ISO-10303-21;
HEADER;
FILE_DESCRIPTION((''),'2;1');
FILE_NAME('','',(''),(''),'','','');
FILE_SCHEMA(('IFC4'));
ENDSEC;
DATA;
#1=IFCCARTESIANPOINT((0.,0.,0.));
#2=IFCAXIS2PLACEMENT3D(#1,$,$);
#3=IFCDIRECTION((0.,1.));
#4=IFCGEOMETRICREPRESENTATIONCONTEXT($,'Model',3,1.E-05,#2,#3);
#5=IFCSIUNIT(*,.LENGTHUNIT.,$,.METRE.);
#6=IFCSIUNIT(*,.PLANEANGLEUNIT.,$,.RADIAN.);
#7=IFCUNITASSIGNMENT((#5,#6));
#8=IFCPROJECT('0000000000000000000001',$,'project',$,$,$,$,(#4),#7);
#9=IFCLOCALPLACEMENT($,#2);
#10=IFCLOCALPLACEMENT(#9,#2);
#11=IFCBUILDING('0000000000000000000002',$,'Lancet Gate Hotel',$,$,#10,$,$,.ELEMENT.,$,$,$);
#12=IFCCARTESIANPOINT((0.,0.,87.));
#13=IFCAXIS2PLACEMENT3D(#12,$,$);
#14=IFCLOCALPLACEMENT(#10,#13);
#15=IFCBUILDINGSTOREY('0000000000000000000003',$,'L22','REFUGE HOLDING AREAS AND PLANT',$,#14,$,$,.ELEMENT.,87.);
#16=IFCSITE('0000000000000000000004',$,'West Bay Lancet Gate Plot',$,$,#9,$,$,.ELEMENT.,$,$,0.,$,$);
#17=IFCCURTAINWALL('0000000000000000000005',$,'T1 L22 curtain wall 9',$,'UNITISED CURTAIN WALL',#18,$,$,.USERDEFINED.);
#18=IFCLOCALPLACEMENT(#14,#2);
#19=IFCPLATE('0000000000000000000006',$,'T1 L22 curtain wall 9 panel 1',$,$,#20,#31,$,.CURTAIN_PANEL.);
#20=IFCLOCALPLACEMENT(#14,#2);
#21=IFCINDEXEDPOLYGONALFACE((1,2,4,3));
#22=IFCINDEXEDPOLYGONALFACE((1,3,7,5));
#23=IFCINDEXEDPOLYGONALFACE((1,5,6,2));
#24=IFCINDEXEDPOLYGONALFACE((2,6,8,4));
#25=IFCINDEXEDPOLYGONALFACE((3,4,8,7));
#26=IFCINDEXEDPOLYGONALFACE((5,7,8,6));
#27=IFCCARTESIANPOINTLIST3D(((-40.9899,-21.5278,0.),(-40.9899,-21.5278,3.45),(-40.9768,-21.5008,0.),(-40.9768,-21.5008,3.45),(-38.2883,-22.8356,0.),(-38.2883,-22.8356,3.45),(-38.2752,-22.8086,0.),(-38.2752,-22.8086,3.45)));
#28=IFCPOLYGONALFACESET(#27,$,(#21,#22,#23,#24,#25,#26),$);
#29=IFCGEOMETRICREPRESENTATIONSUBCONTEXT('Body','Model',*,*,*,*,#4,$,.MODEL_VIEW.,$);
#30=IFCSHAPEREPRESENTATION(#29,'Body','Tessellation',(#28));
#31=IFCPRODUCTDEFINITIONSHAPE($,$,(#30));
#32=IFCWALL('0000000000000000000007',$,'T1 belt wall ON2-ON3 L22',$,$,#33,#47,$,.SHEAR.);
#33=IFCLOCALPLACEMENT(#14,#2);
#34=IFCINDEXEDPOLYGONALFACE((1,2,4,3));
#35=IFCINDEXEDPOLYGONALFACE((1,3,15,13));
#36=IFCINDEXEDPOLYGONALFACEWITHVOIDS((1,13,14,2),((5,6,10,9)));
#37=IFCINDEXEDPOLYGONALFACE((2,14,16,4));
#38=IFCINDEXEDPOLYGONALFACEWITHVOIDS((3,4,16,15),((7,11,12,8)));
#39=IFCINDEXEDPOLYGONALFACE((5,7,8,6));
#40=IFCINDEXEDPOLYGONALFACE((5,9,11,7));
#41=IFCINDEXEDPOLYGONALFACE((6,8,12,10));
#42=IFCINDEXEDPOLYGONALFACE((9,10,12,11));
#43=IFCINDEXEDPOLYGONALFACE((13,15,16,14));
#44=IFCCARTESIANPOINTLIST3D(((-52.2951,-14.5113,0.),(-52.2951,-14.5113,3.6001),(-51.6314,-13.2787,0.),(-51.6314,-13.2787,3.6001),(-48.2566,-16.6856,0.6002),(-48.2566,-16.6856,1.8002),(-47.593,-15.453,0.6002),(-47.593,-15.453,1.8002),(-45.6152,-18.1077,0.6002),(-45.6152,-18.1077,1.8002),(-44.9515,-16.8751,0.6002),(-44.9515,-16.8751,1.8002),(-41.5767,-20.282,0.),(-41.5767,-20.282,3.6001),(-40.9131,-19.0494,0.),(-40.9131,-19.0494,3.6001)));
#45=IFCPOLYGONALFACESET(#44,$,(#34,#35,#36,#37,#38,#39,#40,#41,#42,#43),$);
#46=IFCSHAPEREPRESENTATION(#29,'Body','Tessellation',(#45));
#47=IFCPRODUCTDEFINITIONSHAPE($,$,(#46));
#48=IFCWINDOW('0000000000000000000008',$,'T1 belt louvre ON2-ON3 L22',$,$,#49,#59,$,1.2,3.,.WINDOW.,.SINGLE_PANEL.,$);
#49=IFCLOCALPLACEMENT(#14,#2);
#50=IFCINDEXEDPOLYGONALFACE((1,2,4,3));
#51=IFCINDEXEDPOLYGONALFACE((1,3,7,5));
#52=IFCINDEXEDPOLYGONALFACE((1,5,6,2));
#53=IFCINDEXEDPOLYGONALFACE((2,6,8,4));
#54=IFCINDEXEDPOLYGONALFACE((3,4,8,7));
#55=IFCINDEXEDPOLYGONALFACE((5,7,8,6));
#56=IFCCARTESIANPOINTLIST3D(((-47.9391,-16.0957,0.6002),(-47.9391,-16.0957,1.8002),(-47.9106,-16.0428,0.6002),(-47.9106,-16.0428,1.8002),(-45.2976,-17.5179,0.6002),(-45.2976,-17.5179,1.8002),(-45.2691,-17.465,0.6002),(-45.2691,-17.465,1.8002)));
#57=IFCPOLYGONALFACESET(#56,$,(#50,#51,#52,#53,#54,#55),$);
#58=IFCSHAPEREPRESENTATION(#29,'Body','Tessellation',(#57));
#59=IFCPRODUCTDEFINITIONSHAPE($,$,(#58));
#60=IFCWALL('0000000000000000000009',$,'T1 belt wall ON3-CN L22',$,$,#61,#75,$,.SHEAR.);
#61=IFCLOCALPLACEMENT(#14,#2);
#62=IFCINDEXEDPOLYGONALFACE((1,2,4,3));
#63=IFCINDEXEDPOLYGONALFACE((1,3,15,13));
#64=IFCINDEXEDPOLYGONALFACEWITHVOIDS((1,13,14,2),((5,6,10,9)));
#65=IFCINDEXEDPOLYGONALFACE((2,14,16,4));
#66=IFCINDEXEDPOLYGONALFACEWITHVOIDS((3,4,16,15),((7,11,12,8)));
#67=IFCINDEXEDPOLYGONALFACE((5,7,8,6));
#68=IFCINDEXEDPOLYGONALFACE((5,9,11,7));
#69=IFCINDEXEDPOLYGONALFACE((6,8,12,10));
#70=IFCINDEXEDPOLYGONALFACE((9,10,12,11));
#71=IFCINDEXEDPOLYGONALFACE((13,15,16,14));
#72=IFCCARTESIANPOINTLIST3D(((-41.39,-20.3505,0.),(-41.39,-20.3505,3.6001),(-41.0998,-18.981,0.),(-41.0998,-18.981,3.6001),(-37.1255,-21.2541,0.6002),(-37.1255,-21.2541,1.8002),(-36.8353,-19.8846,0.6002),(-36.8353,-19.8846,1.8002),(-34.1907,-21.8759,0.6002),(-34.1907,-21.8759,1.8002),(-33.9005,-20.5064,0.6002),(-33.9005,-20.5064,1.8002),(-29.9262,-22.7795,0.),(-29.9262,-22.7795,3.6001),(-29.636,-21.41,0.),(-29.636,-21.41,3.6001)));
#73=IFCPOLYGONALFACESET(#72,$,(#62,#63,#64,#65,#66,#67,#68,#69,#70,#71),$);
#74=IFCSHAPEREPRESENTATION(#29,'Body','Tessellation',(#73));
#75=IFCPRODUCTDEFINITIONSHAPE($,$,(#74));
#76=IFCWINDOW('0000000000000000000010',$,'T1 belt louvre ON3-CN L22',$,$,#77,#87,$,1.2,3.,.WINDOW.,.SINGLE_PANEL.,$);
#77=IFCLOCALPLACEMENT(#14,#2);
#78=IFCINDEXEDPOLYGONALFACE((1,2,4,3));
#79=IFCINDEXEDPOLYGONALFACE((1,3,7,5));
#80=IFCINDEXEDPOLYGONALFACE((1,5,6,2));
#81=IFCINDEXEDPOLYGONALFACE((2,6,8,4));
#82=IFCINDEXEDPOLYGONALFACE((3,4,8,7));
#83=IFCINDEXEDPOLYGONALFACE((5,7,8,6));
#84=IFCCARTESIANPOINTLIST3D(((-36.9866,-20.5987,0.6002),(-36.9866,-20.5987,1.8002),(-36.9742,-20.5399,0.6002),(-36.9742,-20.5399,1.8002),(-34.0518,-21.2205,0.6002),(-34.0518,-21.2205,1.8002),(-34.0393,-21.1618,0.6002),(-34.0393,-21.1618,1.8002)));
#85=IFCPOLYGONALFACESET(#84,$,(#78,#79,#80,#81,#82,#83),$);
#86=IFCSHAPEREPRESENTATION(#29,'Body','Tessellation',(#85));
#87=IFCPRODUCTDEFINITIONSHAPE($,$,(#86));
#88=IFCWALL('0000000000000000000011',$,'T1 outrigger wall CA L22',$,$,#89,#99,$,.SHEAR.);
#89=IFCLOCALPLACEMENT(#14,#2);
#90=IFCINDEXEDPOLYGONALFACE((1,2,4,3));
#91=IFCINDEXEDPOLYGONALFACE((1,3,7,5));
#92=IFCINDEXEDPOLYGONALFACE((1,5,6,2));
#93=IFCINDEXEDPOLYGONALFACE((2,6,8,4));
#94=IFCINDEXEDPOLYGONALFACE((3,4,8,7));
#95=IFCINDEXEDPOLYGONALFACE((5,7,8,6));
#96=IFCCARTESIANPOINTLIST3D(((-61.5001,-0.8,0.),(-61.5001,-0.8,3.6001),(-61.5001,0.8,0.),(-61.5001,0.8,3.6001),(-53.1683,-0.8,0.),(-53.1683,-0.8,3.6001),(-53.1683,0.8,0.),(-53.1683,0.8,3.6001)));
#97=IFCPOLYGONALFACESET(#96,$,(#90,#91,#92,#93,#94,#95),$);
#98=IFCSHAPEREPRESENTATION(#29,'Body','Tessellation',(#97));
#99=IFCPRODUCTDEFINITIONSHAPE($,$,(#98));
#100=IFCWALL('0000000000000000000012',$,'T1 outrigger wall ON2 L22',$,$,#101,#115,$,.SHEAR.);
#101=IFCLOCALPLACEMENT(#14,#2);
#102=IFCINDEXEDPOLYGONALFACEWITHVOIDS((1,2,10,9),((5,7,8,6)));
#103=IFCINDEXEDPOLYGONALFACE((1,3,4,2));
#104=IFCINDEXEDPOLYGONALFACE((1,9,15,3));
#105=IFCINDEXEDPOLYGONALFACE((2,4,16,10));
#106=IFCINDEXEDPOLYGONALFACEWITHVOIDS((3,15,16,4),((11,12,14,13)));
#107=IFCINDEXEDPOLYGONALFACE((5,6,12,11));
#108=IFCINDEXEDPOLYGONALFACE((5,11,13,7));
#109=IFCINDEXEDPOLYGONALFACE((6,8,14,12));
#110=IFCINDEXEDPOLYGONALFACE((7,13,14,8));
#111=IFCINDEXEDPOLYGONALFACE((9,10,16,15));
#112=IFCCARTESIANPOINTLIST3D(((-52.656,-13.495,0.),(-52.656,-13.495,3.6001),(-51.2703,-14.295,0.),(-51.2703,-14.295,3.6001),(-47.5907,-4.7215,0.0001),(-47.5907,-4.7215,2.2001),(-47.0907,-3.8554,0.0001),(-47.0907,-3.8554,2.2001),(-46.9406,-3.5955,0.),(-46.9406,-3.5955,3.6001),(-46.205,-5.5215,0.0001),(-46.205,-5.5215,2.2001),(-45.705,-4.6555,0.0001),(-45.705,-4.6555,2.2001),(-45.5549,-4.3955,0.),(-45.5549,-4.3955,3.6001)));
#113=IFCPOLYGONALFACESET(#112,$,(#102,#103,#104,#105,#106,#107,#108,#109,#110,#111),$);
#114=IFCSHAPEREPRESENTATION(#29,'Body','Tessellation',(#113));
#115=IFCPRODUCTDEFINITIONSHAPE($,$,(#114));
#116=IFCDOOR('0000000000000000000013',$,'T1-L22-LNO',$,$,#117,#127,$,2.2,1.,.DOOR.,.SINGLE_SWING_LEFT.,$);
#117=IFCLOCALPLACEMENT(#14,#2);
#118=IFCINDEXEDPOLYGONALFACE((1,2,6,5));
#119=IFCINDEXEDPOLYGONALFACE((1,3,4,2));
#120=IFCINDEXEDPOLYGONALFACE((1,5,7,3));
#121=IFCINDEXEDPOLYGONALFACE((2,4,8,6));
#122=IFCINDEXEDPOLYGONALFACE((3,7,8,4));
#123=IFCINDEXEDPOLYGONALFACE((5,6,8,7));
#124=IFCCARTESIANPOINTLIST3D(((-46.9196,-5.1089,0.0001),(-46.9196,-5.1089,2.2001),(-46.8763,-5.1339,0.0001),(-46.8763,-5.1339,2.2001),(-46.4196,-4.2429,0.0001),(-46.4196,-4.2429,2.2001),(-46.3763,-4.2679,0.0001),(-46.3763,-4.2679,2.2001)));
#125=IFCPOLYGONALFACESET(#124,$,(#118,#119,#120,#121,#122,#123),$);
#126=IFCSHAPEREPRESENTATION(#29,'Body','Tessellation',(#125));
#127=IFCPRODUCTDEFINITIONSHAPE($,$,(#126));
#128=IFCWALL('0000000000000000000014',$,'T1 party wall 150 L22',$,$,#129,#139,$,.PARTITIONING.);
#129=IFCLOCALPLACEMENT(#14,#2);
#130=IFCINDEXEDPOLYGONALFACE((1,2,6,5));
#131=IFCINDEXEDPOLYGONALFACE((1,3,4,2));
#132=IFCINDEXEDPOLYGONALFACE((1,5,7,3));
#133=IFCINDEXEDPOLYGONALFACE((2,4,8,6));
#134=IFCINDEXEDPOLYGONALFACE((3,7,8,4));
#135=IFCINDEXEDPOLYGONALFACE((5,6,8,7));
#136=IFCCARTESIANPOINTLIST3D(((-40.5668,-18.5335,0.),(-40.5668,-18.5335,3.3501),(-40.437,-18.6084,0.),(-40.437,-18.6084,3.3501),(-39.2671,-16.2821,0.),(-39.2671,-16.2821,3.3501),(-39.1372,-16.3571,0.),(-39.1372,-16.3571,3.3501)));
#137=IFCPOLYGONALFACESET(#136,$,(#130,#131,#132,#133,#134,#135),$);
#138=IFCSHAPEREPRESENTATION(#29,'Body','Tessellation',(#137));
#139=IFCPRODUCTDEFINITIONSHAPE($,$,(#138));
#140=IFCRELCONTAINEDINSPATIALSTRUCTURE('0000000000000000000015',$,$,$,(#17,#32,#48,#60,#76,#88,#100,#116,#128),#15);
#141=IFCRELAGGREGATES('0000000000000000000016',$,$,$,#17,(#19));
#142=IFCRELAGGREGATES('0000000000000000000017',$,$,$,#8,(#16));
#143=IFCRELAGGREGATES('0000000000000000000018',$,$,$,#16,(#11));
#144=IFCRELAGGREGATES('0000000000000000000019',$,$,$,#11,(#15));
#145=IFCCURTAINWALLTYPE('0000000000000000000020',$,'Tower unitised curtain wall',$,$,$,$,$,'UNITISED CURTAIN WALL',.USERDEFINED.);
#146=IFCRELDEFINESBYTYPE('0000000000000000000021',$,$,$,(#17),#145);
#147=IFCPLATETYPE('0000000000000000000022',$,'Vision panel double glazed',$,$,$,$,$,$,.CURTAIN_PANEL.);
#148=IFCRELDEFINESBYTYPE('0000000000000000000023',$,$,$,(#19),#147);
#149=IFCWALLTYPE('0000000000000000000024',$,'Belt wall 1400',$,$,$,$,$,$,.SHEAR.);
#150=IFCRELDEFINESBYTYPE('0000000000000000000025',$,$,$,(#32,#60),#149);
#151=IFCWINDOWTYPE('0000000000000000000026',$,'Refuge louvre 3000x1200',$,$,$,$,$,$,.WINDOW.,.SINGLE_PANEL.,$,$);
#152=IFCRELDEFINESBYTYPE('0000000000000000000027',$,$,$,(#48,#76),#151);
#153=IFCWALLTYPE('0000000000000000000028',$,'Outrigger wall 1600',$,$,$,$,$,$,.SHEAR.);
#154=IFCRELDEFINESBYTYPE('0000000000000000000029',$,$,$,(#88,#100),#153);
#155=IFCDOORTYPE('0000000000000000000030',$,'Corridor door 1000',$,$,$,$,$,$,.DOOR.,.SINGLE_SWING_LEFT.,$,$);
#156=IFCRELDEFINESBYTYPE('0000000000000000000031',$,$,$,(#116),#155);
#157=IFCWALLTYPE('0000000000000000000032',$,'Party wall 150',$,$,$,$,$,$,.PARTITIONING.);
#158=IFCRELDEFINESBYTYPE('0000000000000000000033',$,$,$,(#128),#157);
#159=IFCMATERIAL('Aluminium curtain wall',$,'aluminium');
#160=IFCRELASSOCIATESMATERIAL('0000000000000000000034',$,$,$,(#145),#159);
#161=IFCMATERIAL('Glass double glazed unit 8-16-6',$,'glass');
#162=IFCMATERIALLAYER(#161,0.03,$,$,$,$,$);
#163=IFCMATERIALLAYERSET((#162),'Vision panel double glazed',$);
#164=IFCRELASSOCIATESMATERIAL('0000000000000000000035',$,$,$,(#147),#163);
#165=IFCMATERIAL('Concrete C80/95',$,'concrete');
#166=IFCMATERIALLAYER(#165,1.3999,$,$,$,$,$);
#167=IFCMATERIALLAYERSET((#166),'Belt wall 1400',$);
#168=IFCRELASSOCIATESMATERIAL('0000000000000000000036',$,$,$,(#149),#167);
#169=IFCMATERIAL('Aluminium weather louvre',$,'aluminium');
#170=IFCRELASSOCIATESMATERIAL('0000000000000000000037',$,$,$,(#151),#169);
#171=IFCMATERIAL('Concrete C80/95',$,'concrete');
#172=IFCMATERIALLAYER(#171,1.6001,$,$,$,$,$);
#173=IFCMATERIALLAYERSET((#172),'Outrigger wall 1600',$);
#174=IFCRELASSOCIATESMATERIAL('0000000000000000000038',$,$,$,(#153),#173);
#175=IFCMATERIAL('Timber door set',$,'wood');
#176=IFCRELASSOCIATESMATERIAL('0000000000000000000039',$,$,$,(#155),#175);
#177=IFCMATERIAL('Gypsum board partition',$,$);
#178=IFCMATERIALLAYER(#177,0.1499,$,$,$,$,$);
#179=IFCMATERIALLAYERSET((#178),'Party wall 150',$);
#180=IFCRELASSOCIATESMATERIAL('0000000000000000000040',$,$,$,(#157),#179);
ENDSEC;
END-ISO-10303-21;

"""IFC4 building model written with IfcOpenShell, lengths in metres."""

from ifc_helpers import new_model, si_unit, direction, frame, frame_2d, origin, origin_2d, place, context, subcontext, project, spatial, rectangle, extrude, material, layer, layer_set, type_object, element, fill, aggregate, save


model = new_model("IFC4")

# Units and contexts
model_context = context("Model", 3, precision=1e-05, world=origin(), true_north=direction((0.0, 1.0)))
body_context = subcontext(model_context, "Body", "Model", "MODEL_VIEW")
ifc_project = project(units=[si_unit("LENGTHUNIT", "METRE"), si_unit("PLANEANGLEUNIT", "RADIAN")], contexts=[model_context])

# Site, building, storey
site_placement = place(None, origin())
site = spatial("IfcSite", under=ifc_project, at=site_placement, Name="West Bay Lancet Gate Plot", CompositionType="ELEMENT", RefElevation=0.0)
building_placement = place(site_placement, origin())
building = spatial("IfcBuilding", under=site, at=building_placement, Name="Lancet Gate Hotel", CompositionType="ELEMENT")
storey_placement = place(building_placement, frame((0.0, 0.0, 87.0)))
storey = spatial("IfcBuildingStorey", under=building, at=storey_placement, Name="L22", Description="REFUGE HOLDING AREAS AND PLANT", CompositionType="ELEMENT", Elevation=87.0)

# Shared definitions
ifc_material_1 = material(Name="Aluminium curtain wall", Category="aluminium")
curtain_wall_type = type_object("IfcCurtainWallType", Name="Tower unitised curtain wall", ElementType="UNITISED CURTAIN WALL", PredefinedType="USERDEFINED", material=ifc_material_1)

# Curtain wall
curtain_wall_1_placement = place(storey_placement, origin())
curtain_wall_1 = element("IfcCurtainWall", 1, at=curtain_wall_1_placement, inside=storey, type_object=curtain_wall_type, Name="T1 L22 curtain wall 9", ObjectType="UNITISED CURTAIN WALL", PredefinedType="USERDEFINED")

# Plate
ifc_material_2 = material(Name="Glass double glazed unit 8-16-6", Category="glass")
ifc_layer_1 = layer(ifc_material_2, 0.03)
ifc_layer_set_1 = layer_set([ifc_layer_1], Name="Vision panel double glazed")
plate_type = type_object("IfcPlateType", Name="Vision panel double glazed", PredefinedType="CURTAIN_PANEL", material=ifc_layer_set_1)
plate_1_placement = place(storey_placement, frame((-39.6326, -22.1682, 0.0), z_axis=(0.0, 0.0, 1.0), x_axis=(0.900082, -0.435721, 0.0)))
plate_1 = element("IfcPlate", 2, at=plate_1_placement, type_object=plate_type, Name="T1 L22 curtain wall 9 panel 1", PredefinedType="CURTAIN_PANEL", context=body_context, shape_type="SweptSolid", body=[
    extrude(rectangle(XDim=3.0015, YDim=0.03, at=origin_2d()), origin(), (0.0, 0.0, 1.0), 3.45),
])
aggregate(curtain_wall_1, [plate_1])

# Walls, openings, windows
ifc_material_3 = material(Name="Concrete C80/95", Category="concrete")
ifc_layer_2 = layer(ifc_material_3, 1.3999)
ifc_layer_set_2 = layer_set([ifc_layer_2], Name="Belt wall 1400")
wall_type_1 = type_object("IfcWallType", Name="Belt wall 1400", PredefinedType="SHEAR", material=ifc_layer_set_2)
wall_1_placement = place(storey_placement, frame((-51.9631, -13.895, 0.0), z_axis=(0.0, 0.0, 1.0), x_axis=(0.880492, -0.47406, 0.0)))
wall_1 = element("IfcWall", 3, at=wall_1_placement, inside=storey, type_object=wall_type_1, Name="T1 belt wall ON2-ON3 L22", PredefinedType="SHEAR", context=body_context, shape_type="SweptSolid", body=[
    extrude(rectangle(XDim=12.1731, YDim=1.3999, at=frame_2d((6.0864, 0.0))), origin(), (0.0, 0.0, 1.0), 3.6001),
])
opening_1_placement = place(wall_1_placement, frame((4.5864, 0.0, 0.6001)))
opening_1 = element("IfcOpeningElement", 4, at=opening_1_placement, cuts=wall_1, PredefinedType="OPENING", context=body_context, shape_type="SweptSolid", body=[
    extrude(rectangle(XDim=3.0, YDim=1.2, at=frame_2d((1.5, 0.6001))), frame((0.0, 0.71, 0.0), z_axis=(0.0, -1.0, 0.0), x_axis=(1.0, 0.0, 0.0)), (0.0, 0.0, 1.0), 1.4199),
])
ifc_material_4 = material(Name="Aluminium weather louvre", Category="aluminium")
window_type = type_object("IfcWindowType", Name="Refuge louvre 3000x1200", PartitioningType="SINGLE_PANEL", PredefinedType="WINDOW", material=ifc_material_4)
window_1_placement = place(opening_1_placement, origin())
window_1 = element("IfcWindow", 5, at=window_1_placement, inside=storey, type_object=window_type, Name="T1 belt louvre ON2-ON3 L22", OverallHeight=1.2, OverallWidth=3.0, PartitioningType="SINGLE_PANEL", PredefinedType="WINDOW", context=body_context, shape_type="SweptSolid", body=[
    extrude(rectangle(XDim=3.0, YDim=1.2, at=frame_2d((1.5, 0.6001))), frame((0.0, 0.03, 0.0), z_axis=(0.0, -1.0, 0.0), x_axis=(1.0, 0.0, 0.0)), (0.0, 0.0, 1.0), 0.0601),
])
fill(opening_1, window_1)
wall_2_placement = place(storey_placement, frame((-41.2449, -19.6658, 0.0), z_axis=(0.0, 0.0, 1.0), x_axis=(0.978282, -0.207278, 0.0)))
wall_2 = element("IfcWall", 6, at=wall_2_placement, inside=storey, type_object=wall_type_1, Name="T1 belt wall ON3-CN L22", PredefinedType="SHEAR", context=body_context, shape_type="SweptSolid", body=[
    extrude(rectangle(XDim=11.7183, YDim=1.3999, at=frame_2d((5.8591, 0.0))), origin(), (0.0, 0.0, 1.0), 3.6001),
])
opening_2_placement = place(wall_2_placement, frame((4.3591, 0.0, 0.6001)))
opening_2 = element("IfcOpeningElement", 7, at=opening_2_placement, cuts=wall_2, PredefinedType="OPENING", context=body_context, shape_type="SweptSolid", body=[
    extrude(rectangle(XDim=3.0, YDim=1.2, at=frame_2d((1.5, 0.6001))), frame((0.0, 0.71, 0.0), z_axis=(0.0, -1.0, 0.0), x_axis=(1.0, 0.0, 0.0)), (0.0, 0.0, 1.0), 1.4199),
])
window_2_placement = place(opening_2_placement, origin())
window_2 = element("IfcWindow", 8, at=window_2_placement, inside=storey, type_object=window_type, Name="T1 belt louvre ON3-CN L22", OverallHeight=1.2, OverallWidth=3.0, PartitioningType="SINGLE_PANEL", PredefinedType="WINDOW", context=body_context, shape_type="SweptSolid", body=[
    extrude(rectangle(XDim=3.0, YDim=1.2, at=frame_2d((1.5, 0.6001))), frame((0.0, 0.03, 0.0), z_axis=(0.0, -1.0, 0.0), x_axis=(1.0, 0.0, 0.0)), (0.0, 0.0, 1.0), 0.0601),
])
fill(opening_2, window_2)

# Wall
ifc_material_5 = material(Name="Concrete C80/95", Category="concrete")
ifc_layer_3 = layer(ifc_material_5, 1.6001)
ifc_layer_set_3 = layer_set([ifc_layer_3], Name="Outrigger wall 1600")
wall_type_2 = type_object("IfcWallType", Name="Outrigger wall 1600", PredefinedType="SHEAR", material=ifc_layer_set_3)
wall_3_placement = place(storey_placement, frame((-53.1682, 0.0, 0.0), z_axis=(0.0, 0.0, 1.0), x_axis=(-1.0, 0.0, 0.0)))
element("IfcWall", 9, at=wall_3_placement, inside=storey, type_object=wall_type_2, Name="T1 outrigger wall CA L22", PredefinedType="SHEAR", context=body_context, shape_type="SweptSolid", body=[
    extrude(rectangle(XDim=8.3318, YDim=1.6001, at=frame_2d((4.166, 0.0))), origin(), (0.0, 0.0, 1.0), 3.6001),
])

# Wall, opening, door
wall_4_placement = place(storey_placement, frame((-46.2478, -3.9956, 0.0), z_axis=(0.0, 0.0, 1.0), x_axis=(-0.499994, -0.866029, 0.0)))
wall_4 = element("IfcWall", 10, at=wall_4_placement, inside=storey, type_object=wall_type_2, Name="T1 outrigger wall ON2 L22", PredefinedType="SHEAR", context=body_context, shape_type="SweptSolid", body=[
    extrude(rectangle(XDim=11.4309, YDim=1.6001, at=frame_2d((5.7153, 0.0))), origin(), (0.0, 0.0, 1.0), 3.6001),
])
opening_3_placement = place(wall_4_placement, frame((0.3, 0.0, 0.0)))
opening_3 = element("IfcOpeningElement", 11, at=opening_3_placement, cuts=wall_4, PredefinedType="OPENING", context=body_context, shape_type="SweptSolid", body=[
    extrude(rectangle(XDim=1.0, YDim=2.2, at=frame_2d((0.5, 1.1001))), frame((0.0, 0.8101, 0.0), z_axis=(0.0, -1.0, 0.0), x_axis=(1.0, 0.0, 0.0)), (0.0, 0.0, 1.0), 1.6201),
])
ifc_material_6 = material(Name="Timber door set", Category="wood")
door_type = type_object("IfcDoorType", Name="Corridor door 1000", OperationType="SINGLE_SWING_LEFT", PredefinedType="DOOR", material=ifc_material_6)
door_placement = place(opening_3_placement, origin())
door = element("IfcDoor", 12, at=door_placement, inside=storey, type_object=door_type, Name="T1-L22-LNO", OperationType="SINGLE_SWING_LEFT", OverallHeight=2.2, OverallWidth=1.0, PredefinedType="DOOR", context=body_context, shape_type="SweptSolid", body=[
    extrude(rectangle(XDim=1.0, YDim=2.2, at=frame_2d((0.5, 1.1001))), frame((0.0, 0.0249, 0.0), z_axis=(0.0, -1.0, 0.0), x_axis=(1.0, 0.0, 0.0)), (0.0, 0.0, 1.0), 0.05),
])
fill(opening_3, door)

# Wall
ifc_material_7 = material(Name="Gypsum board partition")
ifc_layer_4 = layer(ifc_material_7, 0.1499)
ifc_layer_set_4 = layer_set([ifc_layer_4], Name="Party wall 150")
wall_type_3 = type_object("IfcWallType", Name="Party wall 150", PredefinedType="PARTITIONING", material=ifc_layer_set_4)
wall_5_placement = place(storey_placement, frame((-39.2021, -16.3196, 0.0), z_axis=(0.0, 0.0, 1.0), x_axis=(-0.499977, -0.866039, 0.0)))
element("IfcWall", 13, at=wall_5_placement, inside=storey, type_object=wall_type_3, Name="T1 party wall 150 L22", PredefinedType="PARTITIONING", context=body_context, shape_type="SweptSolid", body=[
    extrude(rectangle(XDim=2.5996, YDim=0.1499, at=frame_2d((1.2998, 0.0))), origin(), (0.0, 0.0, 1.0), 3.3501),
])

save(model, "model.ifc")
